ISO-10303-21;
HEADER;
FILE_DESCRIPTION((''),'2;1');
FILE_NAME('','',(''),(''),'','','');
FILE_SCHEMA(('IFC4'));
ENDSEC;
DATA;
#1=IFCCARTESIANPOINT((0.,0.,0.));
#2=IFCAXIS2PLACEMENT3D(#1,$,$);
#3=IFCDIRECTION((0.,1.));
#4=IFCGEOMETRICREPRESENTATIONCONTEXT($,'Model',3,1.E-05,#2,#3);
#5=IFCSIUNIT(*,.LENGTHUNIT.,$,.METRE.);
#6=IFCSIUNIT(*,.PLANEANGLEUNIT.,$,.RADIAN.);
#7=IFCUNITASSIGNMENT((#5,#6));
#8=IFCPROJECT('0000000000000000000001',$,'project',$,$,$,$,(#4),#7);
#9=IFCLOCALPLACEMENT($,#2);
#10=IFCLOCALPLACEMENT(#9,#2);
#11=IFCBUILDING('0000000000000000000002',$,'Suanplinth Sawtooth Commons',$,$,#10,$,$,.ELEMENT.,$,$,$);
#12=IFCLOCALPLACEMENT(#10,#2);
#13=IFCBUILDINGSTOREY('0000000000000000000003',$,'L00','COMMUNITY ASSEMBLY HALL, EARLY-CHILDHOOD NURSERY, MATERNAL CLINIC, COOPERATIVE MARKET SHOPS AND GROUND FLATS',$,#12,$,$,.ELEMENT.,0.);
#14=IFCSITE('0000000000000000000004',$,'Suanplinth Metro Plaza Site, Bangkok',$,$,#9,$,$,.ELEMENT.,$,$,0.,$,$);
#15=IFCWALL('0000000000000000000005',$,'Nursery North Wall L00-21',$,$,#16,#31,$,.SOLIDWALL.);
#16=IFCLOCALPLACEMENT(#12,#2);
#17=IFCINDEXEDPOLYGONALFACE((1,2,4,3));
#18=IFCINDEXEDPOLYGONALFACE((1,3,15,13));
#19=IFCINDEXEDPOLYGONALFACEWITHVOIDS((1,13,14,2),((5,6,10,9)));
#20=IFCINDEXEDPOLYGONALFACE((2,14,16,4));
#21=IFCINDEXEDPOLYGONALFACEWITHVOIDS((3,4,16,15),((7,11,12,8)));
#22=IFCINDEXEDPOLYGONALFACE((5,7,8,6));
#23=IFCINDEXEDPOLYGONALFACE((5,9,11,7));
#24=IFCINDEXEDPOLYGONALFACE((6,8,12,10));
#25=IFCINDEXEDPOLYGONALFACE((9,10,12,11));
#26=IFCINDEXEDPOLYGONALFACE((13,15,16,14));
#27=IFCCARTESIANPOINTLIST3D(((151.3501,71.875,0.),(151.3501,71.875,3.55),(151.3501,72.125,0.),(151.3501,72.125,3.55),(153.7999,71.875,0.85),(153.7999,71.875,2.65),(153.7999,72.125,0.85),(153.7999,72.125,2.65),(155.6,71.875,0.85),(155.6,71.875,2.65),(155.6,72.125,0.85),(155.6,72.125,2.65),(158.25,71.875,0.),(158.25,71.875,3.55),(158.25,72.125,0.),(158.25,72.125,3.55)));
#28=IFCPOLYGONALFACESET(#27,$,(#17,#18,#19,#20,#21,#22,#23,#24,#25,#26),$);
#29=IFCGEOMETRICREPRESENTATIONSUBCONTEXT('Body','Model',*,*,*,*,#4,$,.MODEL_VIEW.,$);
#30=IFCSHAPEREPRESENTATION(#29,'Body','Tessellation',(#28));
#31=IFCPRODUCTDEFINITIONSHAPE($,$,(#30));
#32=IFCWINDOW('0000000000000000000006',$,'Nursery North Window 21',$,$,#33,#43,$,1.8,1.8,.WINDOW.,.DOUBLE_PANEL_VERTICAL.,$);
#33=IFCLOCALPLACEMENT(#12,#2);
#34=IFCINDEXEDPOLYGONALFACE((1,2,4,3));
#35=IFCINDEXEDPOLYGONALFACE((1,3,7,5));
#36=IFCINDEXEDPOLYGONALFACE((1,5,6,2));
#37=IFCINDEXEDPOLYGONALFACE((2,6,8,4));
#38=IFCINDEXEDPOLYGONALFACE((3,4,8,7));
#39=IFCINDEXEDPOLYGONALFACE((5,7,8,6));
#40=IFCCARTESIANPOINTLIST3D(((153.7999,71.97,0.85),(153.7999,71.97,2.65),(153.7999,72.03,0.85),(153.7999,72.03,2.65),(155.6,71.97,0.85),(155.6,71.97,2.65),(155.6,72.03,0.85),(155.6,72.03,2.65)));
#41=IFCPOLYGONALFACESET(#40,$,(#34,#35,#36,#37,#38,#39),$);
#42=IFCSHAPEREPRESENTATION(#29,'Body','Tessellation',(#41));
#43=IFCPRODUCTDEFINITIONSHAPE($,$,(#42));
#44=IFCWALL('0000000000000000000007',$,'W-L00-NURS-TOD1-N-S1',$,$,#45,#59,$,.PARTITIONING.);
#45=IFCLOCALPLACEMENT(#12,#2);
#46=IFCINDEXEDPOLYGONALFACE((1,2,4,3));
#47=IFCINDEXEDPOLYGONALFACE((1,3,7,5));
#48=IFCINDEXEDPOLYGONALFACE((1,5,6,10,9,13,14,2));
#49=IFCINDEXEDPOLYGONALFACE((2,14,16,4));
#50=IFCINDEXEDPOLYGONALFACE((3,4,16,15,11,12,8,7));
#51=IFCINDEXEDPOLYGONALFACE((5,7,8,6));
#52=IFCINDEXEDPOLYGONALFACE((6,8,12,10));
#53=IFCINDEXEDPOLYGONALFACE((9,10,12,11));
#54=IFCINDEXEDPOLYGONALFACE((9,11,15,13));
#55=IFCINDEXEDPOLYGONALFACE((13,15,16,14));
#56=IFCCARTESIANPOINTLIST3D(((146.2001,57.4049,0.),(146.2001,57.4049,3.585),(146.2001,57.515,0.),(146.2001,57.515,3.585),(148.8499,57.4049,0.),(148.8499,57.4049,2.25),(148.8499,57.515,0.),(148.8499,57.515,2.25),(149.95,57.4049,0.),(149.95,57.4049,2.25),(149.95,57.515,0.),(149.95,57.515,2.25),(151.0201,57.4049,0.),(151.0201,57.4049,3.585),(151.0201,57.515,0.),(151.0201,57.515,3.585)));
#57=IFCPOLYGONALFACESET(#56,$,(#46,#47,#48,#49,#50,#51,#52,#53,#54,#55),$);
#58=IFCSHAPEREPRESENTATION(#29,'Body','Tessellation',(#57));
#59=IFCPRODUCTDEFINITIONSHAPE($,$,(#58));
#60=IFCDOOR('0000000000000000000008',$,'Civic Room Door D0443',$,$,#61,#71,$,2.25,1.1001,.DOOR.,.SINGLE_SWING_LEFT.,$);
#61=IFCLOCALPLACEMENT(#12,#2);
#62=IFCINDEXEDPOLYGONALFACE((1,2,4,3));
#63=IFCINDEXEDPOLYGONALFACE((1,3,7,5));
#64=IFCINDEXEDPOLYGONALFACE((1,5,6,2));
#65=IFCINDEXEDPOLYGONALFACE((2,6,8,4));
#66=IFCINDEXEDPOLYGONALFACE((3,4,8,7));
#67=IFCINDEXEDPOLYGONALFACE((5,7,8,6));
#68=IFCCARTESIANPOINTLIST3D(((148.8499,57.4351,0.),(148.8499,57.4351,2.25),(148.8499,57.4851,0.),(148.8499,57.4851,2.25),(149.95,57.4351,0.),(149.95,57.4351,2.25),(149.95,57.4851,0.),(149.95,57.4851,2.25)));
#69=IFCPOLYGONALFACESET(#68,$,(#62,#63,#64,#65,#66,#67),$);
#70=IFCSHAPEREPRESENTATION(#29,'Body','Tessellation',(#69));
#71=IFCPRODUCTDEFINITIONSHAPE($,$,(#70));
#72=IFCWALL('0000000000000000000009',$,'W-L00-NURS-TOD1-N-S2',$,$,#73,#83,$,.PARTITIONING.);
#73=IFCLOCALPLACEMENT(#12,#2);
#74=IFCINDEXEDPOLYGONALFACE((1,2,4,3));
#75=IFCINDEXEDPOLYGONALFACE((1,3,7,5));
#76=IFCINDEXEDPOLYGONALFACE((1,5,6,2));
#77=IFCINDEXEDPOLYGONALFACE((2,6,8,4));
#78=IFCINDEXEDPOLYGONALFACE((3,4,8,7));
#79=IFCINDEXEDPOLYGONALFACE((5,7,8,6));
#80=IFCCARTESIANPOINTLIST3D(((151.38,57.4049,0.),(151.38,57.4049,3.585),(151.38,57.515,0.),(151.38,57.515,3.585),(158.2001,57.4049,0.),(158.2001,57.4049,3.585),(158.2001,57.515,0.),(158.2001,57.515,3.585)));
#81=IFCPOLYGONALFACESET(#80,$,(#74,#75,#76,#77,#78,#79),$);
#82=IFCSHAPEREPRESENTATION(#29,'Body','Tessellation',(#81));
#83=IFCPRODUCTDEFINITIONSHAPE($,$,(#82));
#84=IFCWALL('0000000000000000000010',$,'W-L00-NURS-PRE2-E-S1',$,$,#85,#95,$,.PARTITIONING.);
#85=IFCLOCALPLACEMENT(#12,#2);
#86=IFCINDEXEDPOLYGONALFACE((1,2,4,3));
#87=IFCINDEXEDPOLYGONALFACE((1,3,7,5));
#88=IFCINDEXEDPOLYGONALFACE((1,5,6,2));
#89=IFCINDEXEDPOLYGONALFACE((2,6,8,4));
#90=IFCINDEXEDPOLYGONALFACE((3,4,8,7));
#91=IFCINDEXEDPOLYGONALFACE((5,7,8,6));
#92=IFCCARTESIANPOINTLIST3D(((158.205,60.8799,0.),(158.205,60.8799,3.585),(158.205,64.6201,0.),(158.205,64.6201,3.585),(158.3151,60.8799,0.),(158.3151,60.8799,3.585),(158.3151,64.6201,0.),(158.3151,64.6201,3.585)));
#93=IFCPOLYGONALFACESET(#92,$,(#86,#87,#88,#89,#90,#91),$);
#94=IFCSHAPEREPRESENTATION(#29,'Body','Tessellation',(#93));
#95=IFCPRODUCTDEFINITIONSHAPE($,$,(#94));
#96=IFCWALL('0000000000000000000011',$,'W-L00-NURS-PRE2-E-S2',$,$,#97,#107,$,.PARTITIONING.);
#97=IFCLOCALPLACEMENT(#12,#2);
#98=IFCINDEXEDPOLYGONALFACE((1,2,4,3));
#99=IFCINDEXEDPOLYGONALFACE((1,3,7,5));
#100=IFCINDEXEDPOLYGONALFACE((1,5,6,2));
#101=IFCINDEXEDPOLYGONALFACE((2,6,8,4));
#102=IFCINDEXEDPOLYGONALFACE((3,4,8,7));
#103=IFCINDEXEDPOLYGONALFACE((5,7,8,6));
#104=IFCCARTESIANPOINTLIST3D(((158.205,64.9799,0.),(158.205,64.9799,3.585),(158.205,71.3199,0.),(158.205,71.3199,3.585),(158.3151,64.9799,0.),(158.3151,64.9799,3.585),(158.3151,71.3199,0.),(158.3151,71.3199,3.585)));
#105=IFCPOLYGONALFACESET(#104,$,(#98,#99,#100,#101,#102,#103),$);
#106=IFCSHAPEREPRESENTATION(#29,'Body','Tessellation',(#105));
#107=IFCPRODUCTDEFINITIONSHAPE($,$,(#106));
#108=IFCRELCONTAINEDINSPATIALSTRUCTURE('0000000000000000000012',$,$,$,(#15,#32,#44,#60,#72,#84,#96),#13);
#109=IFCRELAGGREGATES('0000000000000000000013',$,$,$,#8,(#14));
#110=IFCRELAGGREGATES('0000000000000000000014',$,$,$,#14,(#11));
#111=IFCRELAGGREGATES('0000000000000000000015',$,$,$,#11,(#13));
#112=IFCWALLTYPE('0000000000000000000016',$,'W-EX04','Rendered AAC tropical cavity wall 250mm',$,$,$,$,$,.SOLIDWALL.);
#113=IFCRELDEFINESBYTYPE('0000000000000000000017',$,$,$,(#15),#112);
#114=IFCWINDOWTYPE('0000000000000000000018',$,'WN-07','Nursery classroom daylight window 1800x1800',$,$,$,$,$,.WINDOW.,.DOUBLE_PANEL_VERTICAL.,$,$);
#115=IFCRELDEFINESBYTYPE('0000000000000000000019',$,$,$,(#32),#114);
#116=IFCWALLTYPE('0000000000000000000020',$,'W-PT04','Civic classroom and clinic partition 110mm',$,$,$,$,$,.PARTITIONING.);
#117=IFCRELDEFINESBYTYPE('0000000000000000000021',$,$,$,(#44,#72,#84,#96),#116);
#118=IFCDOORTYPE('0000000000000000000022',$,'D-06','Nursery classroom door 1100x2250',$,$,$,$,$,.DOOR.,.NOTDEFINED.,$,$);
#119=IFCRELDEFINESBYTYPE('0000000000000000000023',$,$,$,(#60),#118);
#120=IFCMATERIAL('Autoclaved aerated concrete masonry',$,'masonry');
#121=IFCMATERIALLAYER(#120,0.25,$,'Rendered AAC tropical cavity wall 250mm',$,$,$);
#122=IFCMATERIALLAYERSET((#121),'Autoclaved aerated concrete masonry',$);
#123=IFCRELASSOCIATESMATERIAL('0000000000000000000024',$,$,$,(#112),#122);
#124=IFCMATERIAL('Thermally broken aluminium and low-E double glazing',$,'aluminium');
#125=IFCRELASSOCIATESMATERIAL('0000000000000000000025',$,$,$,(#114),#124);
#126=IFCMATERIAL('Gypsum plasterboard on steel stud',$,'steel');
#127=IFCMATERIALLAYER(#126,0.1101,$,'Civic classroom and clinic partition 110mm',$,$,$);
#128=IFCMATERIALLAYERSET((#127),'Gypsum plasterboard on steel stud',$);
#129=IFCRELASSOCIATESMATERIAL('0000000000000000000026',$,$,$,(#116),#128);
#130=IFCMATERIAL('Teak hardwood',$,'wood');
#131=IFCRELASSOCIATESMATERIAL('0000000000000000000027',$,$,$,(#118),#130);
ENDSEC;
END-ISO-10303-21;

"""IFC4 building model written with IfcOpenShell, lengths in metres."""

from ifc_helpers import new_model, si_unit, direction, frame, frame_2d, origin, place, context, subcontext, project, spatial, rectangle, extrude, material, layer, layer_set, type_object, element, fill, save


model = new_model("IFC4")

# Units and contexts
model_context = context("Model", 3, precision=1e-05, world=origin(), true_north=direction((0.0, 1.0)))
body_context = subcontext(model_context, "Body", "Model", "MODEL_VIEW")
ifc_project = project(units=[si_unit("LENGTHUNIT", "METRE"), si_unit("PLANEANGLEUNIT", "RADIAN")], contexts=[model_context])

# Site, building, storey
site_placement = place(None, origin())
site = spatial("IfcSite", under=ifc_project, at=site_placement, Name="Suanplinth Metro Plaza Site, Bangkok", CompositionType="ELEMENT", RefElevation=0.0)
building_placement = place(site_placement, origin())
building = spatial("IfcBuilding", under=site, at=building_placement, Name="Suanplinth Sawtooth Commons", CompositionType="ELEMENT")
storey_placement = place(building_placement, origin())
storey = spatial("IfcBuildingStorey", under=building, at=storey_placement, Name="L00", Description="COMMUNITY ASSEMBLY HALL, EARLY-CHILDHOOD NURSERY, MATERNAL CLINIC, COOPERATIVE MARKET SHOPS AND GROUND FLATS", CompositionType="ELEMENT", Elevation=0.0)

# Wall, opening, window
ifc_material_1 = material(Name="Autoclaved aerated concrete masonry", Category="masonry")
ifc_layer_1 = layer(ifc_material_1, 0.25, Name="Rendered AAC tropical cavity wall 250mm")
ifc_layer_set_1 = layer_set([ifc_layer_1], Name="Autoclaved aerated concrete masonry")
wall_type_1 = type_object("IfcWallType", Name="W-EX04", Description="Rendered AAC tropical cavity wall 250mm", PredefinedType="SOLIDWALL", material=ifc_layer_set_1)
wall_1_placement = place(storey_placement, frame((151.3501, 72.0, 0.0), z_axis=(0.0, 0.0, 1.0), x_axis=(1.0, 0.0, 0.0)))
wall_1 = element("IfcWall", 1, at=wall_1_placement, inside=storey, type_object=wall_type_1, Name="Nursery North Wall L00-21", PredefinedType="SOLIDWALL", context=body_context, shape_type="SweptSolid", body=[
    extrude(rectangle(XDim=6.8999, YDim=0.25, at=frame_2d((3.45, 0.0))), origin(), (0.0, 0.0, 1.0), 3.55),
])
opening_1_placement = place(wall_1_placement, frame((2.45, 0.0, 0.8501)))
opening_1 = element("IfcOpeningElement", 2, at=opening_1_placement, cuts=wall_1, PredefinedType="OPENING", context=body_context, shape_type="SweptSolid", body=[
    extrude(rectangle(XDim=1.8, YDim=1.8, at=frame_2d((0.8999, 0.8999))), frame((0.0, 0.1399, 0.0), z_axis=(0.0, -1.0, 0.0), x_axis=(1.0, 0.0, 0.0)), (0.0, 0.0, 1.0), 0.2798),
])
ifc_material_2 = material(Name="Thermally broken aluminium and low-E double glazing", Category="aluminium")
window_type = type_object("IfcWindowType", Name="WN-07", Description="Nursery classroom daylight window 1800x1800", PartitioningType="DOUBLE_PANEL_VERTICAL", PredefinedType="WINDOW", material=ifc_material_2)
window_placement = place(opening_1_placement, origin())
window = element("IfcWindow", 3, at=window_placement, inside=storey, type_object=window_type, Name="Nursery North Window 21", OverallHeight=1.8, OverallWidth=1.8, PartitioningType="DOUBLE_PANEL_VERTICAL", PredefinedType="WINDOW", context=body_context, shape_type="SweptSolid", body=[
    extrude(rectangle(XDim=1.8, YDim=1.8, at=frame_2d((0.8999, 0.8999))), frame((0.0, 0.03, 0.0), z_axis=(0.0, -1.0, 0.0), x_axis=(1.0, 0.0, 0.0)), (0.0, 0.0, 1.0), 0.0601),
])
fill(opening_1, window)

# Wall, opening, door
ifc_material_3 = material(Name="Gypsum plasterboard on steel stud", Category="steel")
ifc_layer_2 = layer(ifc_material_3, 0.1101, Name="Civic classroom and clinic partition 110mm")
ifc_layer_set_2 = layer_set([ifc_layer_2], Name="Gypsum plasterboard on steel stud")
wall_type_2 = type_object("IfcWallType", Name="W-PT04", Description="Civic classroom and clinic partition 110mm", PredefinedType="PARTITIONING", material=ifc_layer_set_2)
wall_2_placement = place(storey_placement, frame((146.2, 57.46, 0.0), z_axis=(0.0, 0.0, 1.0), x_axis=(1.0, 0.0, 0.0)))
wall_2 = element("IfcWall", 4, at=wall_2_placement, inside=storey, type_object=wall_type_2, Name="W-L00-NURS-TOD1-N-S1", PredefinedType="PARTITIONING", context=body_context, shape_type="SweptSolid", body=[
    extrude(rectangle(XDim=4.8201, YDim=0.1101, at=frame_2d((2.4102, 0.0))), origin(), (0.0, 0.0, 1.0), 3.585),
])
opening_2_placement = place(wall_2_placement, frame((2.6499, 0.0, 0.0)))
opening_2 = element("IfcOpeningElement", 5, at=opening_2_placement, cuts=wall_2, PredefinedType="OPENING", context=body_context, shape_type="SweptSolid", body=[
    extrude(rectangle(XDim=1.1001, YDim=2.25, at=frame_2d((0.55, 1.125))), frame((0.0, 0.0698, 0.0), z_axis=(0.0, -1.0, 0.0), x_axis=(1.0, 0.0, 0.0)), (0.0, 0.0, 1.0), 0.1399),
])
ifc_material_4 = material(Name="Teak hardwood", Category="wood")
door_type = type_object("IfcDoorType", Name="D-06", Description="Nursery classroom door 1100x2250", OperationType="NOTDEFINED", PredefinedType="DOOR", material=ifc_material_4)
door_placement = place(opening_2_placement, frame((1.1001, 0.0, 0.0), z_axis=(0.0, 0.0, 1.0), x_axis=(-1.0, 0.0, 0.0)))
door = element("IfcDoor", 6, at=door_placement, inside=storey, type_object=door_type, Name="Civic Room Door D0443", OperationType="SINGLE_SWING_LEFT", OverallHeight=2.25, OverallWidth=1.1001, PredefinedType="DOOR", context=body_context, shape_type="SweptSolid", body=[
    extrude(rectangle(XDim=1.1001, YDim=2.25, at=frame_2d((0.55, 1.125))), frame((0.0, 0.0249, 0.0), z_axis=(0.0, -1.0, 0.0), x_axis=(1.0, 0.0, 0.0)), (0.0, 0.0, 1.0), 0.05),
])
fill(opening_2, door)

# Walls
wall_3_placement = place(storey_placement, frame((151.3799, 57.46, 0.0), z_axis=(0.0, 0.0, 1.0), x_axis=(1.0, 0.0, 0.0)))
element("IfcWall", 7, at=wall_3_placement, inside=storey, type_object=wall_type_2, Name="W-L00-NURS-TOD1-N-S2", PredefinedType="PARTITIONING", context=body_context, shape_type="SweptSolid", body=[
    extrude(rectangle(XDim=6.8201, YDim=0.1101, at=frame_2d((3.4102, 0.0))), origin(), (0.0, 0.0, 1.0), 3.585),
])
wall_4_placement = place(storey_placement, frame((158.26, 60.8799, 0.0), z_axis=(0.0, 0.0, 1.0), x_axis=(0.0, 1.0, 0.0)))
element("IfcWall", 8, at=wall_4_placement, inside=storey, type_object=wall_type_2, Name="W-L00-NURS-PRE2-E-S1", PredefinedType="PARTITIONING", context=body_context, shape_type="SweptSolid", body=[
    extrude(rectangle(XDim=3.7402, YDim=0.1101, at=frame_2d((1.8701, 0.0))), origin(), (0.0, 0.0, 1.0), 3.585),
])
wall_5_placement = place(storey_placement, frame((158.26, 64.98, 0.0), z_axis=(0.0, 0.0, 1.0), x_axis=(0.0, 1.0, 0.0)))
element("IfcWall", 9, at=wall_5_placement, inside=storey, type_object=wall_type_2, Name="W-L00-NURS-PRE2-E-S2", PredefinedType="PARTITIONING", context=body_context, shape_type="SweptSolid", body=[
    extrude(rectangle(XDim=6.3401, YDim=0.1101, at=frame_2d((3.1699, 0.0))), origin(), (0.0, 0.0, 1.0), 3.585),
])

save(model, "model.ifc")
